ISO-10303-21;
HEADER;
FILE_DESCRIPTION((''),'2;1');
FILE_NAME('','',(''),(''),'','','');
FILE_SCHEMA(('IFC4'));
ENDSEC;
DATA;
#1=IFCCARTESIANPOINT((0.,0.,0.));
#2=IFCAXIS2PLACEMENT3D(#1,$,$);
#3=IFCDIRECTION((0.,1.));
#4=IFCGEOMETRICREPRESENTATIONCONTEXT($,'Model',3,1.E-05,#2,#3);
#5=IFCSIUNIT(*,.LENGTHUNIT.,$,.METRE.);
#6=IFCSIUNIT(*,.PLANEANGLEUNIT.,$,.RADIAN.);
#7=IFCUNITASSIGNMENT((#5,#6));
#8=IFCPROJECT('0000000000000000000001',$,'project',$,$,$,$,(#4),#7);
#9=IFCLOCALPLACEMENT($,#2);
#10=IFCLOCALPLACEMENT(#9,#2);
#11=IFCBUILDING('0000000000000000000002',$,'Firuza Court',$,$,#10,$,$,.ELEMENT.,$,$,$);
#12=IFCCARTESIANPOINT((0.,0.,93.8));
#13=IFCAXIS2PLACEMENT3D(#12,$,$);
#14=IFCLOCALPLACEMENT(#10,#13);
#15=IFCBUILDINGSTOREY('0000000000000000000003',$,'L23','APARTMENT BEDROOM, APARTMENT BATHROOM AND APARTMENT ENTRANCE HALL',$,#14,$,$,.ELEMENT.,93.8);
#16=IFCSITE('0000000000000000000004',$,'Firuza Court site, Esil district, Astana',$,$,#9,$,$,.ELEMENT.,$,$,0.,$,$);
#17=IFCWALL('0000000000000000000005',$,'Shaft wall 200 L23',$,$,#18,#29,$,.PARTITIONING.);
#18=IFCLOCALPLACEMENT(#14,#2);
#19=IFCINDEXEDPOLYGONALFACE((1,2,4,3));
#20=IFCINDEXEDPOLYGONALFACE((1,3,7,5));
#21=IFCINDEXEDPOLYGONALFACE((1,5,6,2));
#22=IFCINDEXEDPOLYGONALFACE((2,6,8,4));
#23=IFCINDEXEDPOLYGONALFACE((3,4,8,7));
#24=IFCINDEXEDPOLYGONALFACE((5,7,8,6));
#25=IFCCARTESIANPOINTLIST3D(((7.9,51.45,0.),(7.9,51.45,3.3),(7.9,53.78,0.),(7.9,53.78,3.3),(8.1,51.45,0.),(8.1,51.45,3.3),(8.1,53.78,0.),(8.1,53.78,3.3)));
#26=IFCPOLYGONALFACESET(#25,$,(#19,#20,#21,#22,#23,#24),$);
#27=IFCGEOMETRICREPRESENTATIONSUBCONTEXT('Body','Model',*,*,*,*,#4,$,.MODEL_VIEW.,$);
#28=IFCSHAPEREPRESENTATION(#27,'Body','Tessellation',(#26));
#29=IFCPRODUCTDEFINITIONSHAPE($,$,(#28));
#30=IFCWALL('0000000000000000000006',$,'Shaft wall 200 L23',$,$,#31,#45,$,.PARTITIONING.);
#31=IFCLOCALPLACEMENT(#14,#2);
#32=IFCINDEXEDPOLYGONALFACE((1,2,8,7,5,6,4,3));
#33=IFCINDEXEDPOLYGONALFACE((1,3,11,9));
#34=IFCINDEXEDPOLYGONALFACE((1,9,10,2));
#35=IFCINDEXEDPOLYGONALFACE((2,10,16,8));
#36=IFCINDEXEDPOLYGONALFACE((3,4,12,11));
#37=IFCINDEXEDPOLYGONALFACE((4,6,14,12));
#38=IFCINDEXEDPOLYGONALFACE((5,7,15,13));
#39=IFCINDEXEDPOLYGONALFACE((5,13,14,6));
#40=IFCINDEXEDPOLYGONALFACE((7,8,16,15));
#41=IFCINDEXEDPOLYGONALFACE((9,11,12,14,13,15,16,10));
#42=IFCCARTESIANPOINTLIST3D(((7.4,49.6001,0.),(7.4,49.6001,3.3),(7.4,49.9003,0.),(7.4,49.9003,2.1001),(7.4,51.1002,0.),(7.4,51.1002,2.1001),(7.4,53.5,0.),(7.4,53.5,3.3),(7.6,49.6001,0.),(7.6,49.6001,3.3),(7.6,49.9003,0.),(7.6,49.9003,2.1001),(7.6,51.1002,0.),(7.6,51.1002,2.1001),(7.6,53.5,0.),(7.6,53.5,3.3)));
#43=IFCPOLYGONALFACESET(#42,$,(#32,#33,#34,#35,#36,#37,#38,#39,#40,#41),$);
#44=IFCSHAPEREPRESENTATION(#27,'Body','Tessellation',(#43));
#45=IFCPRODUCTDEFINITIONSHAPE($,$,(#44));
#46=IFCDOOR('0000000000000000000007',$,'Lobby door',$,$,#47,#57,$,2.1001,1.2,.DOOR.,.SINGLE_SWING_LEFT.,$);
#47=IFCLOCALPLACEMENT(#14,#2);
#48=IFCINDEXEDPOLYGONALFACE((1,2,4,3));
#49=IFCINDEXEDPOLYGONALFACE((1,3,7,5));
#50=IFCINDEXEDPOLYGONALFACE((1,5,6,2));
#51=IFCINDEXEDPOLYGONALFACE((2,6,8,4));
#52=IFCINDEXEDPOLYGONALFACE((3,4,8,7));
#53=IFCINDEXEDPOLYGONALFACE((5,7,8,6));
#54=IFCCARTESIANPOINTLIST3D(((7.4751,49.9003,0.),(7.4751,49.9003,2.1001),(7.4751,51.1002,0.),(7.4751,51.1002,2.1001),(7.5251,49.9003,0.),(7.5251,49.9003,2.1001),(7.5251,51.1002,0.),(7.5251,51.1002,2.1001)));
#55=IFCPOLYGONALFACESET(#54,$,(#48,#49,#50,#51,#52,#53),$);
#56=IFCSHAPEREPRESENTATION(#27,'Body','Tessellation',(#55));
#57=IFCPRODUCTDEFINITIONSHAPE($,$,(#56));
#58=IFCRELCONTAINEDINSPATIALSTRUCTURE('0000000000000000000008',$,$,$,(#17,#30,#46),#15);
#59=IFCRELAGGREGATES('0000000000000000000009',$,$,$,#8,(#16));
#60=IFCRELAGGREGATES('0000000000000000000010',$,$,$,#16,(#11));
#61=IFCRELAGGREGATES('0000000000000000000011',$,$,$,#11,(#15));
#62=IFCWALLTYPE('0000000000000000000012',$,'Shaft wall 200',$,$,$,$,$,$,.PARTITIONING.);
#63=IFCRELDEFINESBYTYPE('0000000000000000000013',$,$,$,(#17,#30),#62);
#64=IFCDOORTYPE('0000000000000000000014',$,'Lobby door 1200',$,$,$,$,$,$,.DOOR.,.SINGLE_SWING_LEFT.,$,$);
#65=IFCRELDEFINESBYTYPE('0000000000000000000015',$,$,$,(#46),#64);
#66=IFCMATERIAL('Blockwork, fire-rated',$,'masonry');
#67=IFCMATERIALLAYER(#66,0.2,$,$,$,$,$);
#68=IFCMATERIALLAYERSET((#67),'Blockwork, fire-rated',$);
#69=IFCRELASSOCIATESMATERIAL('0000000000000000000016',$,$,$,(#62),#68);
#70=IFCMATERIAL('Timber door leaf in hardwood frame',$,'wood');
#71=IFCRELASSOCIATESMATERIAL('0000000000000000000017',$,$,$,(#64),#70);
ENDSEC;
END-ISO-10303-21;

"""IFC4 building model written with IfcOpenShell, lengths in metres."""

from ifc_helpers import new_model, si_unit, direction, frame, frame_2d, origin, place, context, subcontext, project, spatial, rectangle, extrude, material, layer, layer_set, type_object, element, fill, save


model = new_model("IFC4")

# Units and contexts
model_context = context("Model", 3, precision=1e-05, world=origin(), true_north=direction((0.0, 1.0)))
body_context = subcontext(model_context, "Body", "Model", "MODEL_VIEW")
ifc_project = project(units=[si_unit("LENGTHUNIT", "METRE"), si_unit("PLANEANGLEUNIT", "RADIAN")], contexts=[model_context])

# Site, building, storey
site_placement = place(None, origin())
site = spatial("IfcSite", under=ifc_project, at=site_placement, Name="Firuza Court site, Esil district, Astana", CompositionType="ELEMENT", RefElevation=0.0)
building_placement = place(site_placement, origin())
building = spatial("IfcBuilding", under=site, at=building_placement, Name="Firuza Court", CompositionType="ELEMENT")
storey_placement = place(building_placement, frame((0.0, 0.0, 93.8)))
storey = spatial("IfcBuildingStorey", under=building, at=storey_placement, Name="L23", Description="APARTMENT BEDROOM, APARTMENT BATHROOM AND APARTMENT ENTRANCE HALL", CompositionType="ELEMENT", Elevation=93.8)

# Shared definitions
ifc_material_1 = material(Name="Blockwork, fire-rated", Category="masonry")
ifc_layer_1 = layer(ifc_material_1, 0.2)
ifc_layer_set_1 = layer_set([ifc_layer_1], Name="Blockwork, fire-rated")
wall_type_1 = type_object("IfcWallType", Name="Shaft wall 200", PredefinedType="PARTITIONING", material=ifc_layer_set_1)
ifc_material_2 = material(Name="Timber door leaf in hardwood frame", Category="wood")
door_type_1 = type_object("IfcDoorType", Name="Lobby door 1200", OperationType="SINGLE_SWING_LEFT", PredefinedType="DOOR", material=ifc_material_2)

# Wall
wall_1_placement = place(storey_placement, frame((8.0, 51.45, 0.0), z_axis=(0.0, 0.0, 1.0), x_axis=(0.0, 1.0, 0.0)))
element("IfcWall", 1, at=wall_1_placement, inside=storey, type_object=wall_type_1, Name="Shaft wall 200 L23", PredefinedType="PARTITIONING", context=body_context, shape_type="SweptSolid", body=[
    extrude(rectangle(XDim=2.3301, YDim=0.2, at=frame_2d((1.165, 0.0))), origin(), (0.0, 0.0, 1.0), 3.3),
])

# Wall, opening, door
wall_2_placement = place(storey_placement, frame((7.5, 49.6001, 0.0), z_axis=(0.0, 0.0, 1.0), x_axis=(0.0, 1.0, 0.0)))
wall_2 = element("IfcWall", 2, at=wall_2_placement, inside=storey, type_object=wall_type_1, Name="Shaft wall 200 L23", PredefinedType="PARTITIONING", context=body_context, shape_type="SweptSolid", body=[
    extrude(rectangle(XDim=3.8999, YDim=0.2, at=frame_2d((1.95, 0.0))), origin(), (0.0, 0.0, 1.0), 3.3),
])
opening_1_placement = place(wall_2_placement, frame((0.3, 0.0, 0.0)))
opening_1 = element("IfcOpeningElement", 3, at=opening_1_placement, cuts=wall_2, PredefinedType="OPENING", context=body_context, shape_type="SweptSolid", body=[
    extrude(rectangle(XDim=1.2, YDim=2.1001, at=frame_2d((0.6001, 1.05))), frame((0.0, 0.1118, 0.0), z_axis=(0.0, -1.0, 0.0), x_axis=(1.0, 0.0, 0.0)), (0.0, 0.0, 1.0), 0.2239),
])
door_1_placement = place(opening_1_placement, origin())
door_1 = element("IfcDoor", 4, at=door_1_placement, inside=storey, type_object=door_type_1, Name="Lobby door", OperationType="SINGLE_SWING_LEFT", OverallHeight=2.1001, OverallWidth=1.2, PredefinedType="DOOR", context=body_context, shape_type="SweptSolid", body=[
    extrude(rectangle(XDim=1.2, YDim=2.1001, at=frame_2d((0.6001, 1.05))), frame((0.0, 0.0249, 0.0), z_axis=(0.0, -1.0, 0.0), x_axis=(1.0, 0.0, 0.0)), (0.0, 0.0, 1.0), 0.05),
])
fill(opening_1, door_1)

save(model, "model.ifc")
